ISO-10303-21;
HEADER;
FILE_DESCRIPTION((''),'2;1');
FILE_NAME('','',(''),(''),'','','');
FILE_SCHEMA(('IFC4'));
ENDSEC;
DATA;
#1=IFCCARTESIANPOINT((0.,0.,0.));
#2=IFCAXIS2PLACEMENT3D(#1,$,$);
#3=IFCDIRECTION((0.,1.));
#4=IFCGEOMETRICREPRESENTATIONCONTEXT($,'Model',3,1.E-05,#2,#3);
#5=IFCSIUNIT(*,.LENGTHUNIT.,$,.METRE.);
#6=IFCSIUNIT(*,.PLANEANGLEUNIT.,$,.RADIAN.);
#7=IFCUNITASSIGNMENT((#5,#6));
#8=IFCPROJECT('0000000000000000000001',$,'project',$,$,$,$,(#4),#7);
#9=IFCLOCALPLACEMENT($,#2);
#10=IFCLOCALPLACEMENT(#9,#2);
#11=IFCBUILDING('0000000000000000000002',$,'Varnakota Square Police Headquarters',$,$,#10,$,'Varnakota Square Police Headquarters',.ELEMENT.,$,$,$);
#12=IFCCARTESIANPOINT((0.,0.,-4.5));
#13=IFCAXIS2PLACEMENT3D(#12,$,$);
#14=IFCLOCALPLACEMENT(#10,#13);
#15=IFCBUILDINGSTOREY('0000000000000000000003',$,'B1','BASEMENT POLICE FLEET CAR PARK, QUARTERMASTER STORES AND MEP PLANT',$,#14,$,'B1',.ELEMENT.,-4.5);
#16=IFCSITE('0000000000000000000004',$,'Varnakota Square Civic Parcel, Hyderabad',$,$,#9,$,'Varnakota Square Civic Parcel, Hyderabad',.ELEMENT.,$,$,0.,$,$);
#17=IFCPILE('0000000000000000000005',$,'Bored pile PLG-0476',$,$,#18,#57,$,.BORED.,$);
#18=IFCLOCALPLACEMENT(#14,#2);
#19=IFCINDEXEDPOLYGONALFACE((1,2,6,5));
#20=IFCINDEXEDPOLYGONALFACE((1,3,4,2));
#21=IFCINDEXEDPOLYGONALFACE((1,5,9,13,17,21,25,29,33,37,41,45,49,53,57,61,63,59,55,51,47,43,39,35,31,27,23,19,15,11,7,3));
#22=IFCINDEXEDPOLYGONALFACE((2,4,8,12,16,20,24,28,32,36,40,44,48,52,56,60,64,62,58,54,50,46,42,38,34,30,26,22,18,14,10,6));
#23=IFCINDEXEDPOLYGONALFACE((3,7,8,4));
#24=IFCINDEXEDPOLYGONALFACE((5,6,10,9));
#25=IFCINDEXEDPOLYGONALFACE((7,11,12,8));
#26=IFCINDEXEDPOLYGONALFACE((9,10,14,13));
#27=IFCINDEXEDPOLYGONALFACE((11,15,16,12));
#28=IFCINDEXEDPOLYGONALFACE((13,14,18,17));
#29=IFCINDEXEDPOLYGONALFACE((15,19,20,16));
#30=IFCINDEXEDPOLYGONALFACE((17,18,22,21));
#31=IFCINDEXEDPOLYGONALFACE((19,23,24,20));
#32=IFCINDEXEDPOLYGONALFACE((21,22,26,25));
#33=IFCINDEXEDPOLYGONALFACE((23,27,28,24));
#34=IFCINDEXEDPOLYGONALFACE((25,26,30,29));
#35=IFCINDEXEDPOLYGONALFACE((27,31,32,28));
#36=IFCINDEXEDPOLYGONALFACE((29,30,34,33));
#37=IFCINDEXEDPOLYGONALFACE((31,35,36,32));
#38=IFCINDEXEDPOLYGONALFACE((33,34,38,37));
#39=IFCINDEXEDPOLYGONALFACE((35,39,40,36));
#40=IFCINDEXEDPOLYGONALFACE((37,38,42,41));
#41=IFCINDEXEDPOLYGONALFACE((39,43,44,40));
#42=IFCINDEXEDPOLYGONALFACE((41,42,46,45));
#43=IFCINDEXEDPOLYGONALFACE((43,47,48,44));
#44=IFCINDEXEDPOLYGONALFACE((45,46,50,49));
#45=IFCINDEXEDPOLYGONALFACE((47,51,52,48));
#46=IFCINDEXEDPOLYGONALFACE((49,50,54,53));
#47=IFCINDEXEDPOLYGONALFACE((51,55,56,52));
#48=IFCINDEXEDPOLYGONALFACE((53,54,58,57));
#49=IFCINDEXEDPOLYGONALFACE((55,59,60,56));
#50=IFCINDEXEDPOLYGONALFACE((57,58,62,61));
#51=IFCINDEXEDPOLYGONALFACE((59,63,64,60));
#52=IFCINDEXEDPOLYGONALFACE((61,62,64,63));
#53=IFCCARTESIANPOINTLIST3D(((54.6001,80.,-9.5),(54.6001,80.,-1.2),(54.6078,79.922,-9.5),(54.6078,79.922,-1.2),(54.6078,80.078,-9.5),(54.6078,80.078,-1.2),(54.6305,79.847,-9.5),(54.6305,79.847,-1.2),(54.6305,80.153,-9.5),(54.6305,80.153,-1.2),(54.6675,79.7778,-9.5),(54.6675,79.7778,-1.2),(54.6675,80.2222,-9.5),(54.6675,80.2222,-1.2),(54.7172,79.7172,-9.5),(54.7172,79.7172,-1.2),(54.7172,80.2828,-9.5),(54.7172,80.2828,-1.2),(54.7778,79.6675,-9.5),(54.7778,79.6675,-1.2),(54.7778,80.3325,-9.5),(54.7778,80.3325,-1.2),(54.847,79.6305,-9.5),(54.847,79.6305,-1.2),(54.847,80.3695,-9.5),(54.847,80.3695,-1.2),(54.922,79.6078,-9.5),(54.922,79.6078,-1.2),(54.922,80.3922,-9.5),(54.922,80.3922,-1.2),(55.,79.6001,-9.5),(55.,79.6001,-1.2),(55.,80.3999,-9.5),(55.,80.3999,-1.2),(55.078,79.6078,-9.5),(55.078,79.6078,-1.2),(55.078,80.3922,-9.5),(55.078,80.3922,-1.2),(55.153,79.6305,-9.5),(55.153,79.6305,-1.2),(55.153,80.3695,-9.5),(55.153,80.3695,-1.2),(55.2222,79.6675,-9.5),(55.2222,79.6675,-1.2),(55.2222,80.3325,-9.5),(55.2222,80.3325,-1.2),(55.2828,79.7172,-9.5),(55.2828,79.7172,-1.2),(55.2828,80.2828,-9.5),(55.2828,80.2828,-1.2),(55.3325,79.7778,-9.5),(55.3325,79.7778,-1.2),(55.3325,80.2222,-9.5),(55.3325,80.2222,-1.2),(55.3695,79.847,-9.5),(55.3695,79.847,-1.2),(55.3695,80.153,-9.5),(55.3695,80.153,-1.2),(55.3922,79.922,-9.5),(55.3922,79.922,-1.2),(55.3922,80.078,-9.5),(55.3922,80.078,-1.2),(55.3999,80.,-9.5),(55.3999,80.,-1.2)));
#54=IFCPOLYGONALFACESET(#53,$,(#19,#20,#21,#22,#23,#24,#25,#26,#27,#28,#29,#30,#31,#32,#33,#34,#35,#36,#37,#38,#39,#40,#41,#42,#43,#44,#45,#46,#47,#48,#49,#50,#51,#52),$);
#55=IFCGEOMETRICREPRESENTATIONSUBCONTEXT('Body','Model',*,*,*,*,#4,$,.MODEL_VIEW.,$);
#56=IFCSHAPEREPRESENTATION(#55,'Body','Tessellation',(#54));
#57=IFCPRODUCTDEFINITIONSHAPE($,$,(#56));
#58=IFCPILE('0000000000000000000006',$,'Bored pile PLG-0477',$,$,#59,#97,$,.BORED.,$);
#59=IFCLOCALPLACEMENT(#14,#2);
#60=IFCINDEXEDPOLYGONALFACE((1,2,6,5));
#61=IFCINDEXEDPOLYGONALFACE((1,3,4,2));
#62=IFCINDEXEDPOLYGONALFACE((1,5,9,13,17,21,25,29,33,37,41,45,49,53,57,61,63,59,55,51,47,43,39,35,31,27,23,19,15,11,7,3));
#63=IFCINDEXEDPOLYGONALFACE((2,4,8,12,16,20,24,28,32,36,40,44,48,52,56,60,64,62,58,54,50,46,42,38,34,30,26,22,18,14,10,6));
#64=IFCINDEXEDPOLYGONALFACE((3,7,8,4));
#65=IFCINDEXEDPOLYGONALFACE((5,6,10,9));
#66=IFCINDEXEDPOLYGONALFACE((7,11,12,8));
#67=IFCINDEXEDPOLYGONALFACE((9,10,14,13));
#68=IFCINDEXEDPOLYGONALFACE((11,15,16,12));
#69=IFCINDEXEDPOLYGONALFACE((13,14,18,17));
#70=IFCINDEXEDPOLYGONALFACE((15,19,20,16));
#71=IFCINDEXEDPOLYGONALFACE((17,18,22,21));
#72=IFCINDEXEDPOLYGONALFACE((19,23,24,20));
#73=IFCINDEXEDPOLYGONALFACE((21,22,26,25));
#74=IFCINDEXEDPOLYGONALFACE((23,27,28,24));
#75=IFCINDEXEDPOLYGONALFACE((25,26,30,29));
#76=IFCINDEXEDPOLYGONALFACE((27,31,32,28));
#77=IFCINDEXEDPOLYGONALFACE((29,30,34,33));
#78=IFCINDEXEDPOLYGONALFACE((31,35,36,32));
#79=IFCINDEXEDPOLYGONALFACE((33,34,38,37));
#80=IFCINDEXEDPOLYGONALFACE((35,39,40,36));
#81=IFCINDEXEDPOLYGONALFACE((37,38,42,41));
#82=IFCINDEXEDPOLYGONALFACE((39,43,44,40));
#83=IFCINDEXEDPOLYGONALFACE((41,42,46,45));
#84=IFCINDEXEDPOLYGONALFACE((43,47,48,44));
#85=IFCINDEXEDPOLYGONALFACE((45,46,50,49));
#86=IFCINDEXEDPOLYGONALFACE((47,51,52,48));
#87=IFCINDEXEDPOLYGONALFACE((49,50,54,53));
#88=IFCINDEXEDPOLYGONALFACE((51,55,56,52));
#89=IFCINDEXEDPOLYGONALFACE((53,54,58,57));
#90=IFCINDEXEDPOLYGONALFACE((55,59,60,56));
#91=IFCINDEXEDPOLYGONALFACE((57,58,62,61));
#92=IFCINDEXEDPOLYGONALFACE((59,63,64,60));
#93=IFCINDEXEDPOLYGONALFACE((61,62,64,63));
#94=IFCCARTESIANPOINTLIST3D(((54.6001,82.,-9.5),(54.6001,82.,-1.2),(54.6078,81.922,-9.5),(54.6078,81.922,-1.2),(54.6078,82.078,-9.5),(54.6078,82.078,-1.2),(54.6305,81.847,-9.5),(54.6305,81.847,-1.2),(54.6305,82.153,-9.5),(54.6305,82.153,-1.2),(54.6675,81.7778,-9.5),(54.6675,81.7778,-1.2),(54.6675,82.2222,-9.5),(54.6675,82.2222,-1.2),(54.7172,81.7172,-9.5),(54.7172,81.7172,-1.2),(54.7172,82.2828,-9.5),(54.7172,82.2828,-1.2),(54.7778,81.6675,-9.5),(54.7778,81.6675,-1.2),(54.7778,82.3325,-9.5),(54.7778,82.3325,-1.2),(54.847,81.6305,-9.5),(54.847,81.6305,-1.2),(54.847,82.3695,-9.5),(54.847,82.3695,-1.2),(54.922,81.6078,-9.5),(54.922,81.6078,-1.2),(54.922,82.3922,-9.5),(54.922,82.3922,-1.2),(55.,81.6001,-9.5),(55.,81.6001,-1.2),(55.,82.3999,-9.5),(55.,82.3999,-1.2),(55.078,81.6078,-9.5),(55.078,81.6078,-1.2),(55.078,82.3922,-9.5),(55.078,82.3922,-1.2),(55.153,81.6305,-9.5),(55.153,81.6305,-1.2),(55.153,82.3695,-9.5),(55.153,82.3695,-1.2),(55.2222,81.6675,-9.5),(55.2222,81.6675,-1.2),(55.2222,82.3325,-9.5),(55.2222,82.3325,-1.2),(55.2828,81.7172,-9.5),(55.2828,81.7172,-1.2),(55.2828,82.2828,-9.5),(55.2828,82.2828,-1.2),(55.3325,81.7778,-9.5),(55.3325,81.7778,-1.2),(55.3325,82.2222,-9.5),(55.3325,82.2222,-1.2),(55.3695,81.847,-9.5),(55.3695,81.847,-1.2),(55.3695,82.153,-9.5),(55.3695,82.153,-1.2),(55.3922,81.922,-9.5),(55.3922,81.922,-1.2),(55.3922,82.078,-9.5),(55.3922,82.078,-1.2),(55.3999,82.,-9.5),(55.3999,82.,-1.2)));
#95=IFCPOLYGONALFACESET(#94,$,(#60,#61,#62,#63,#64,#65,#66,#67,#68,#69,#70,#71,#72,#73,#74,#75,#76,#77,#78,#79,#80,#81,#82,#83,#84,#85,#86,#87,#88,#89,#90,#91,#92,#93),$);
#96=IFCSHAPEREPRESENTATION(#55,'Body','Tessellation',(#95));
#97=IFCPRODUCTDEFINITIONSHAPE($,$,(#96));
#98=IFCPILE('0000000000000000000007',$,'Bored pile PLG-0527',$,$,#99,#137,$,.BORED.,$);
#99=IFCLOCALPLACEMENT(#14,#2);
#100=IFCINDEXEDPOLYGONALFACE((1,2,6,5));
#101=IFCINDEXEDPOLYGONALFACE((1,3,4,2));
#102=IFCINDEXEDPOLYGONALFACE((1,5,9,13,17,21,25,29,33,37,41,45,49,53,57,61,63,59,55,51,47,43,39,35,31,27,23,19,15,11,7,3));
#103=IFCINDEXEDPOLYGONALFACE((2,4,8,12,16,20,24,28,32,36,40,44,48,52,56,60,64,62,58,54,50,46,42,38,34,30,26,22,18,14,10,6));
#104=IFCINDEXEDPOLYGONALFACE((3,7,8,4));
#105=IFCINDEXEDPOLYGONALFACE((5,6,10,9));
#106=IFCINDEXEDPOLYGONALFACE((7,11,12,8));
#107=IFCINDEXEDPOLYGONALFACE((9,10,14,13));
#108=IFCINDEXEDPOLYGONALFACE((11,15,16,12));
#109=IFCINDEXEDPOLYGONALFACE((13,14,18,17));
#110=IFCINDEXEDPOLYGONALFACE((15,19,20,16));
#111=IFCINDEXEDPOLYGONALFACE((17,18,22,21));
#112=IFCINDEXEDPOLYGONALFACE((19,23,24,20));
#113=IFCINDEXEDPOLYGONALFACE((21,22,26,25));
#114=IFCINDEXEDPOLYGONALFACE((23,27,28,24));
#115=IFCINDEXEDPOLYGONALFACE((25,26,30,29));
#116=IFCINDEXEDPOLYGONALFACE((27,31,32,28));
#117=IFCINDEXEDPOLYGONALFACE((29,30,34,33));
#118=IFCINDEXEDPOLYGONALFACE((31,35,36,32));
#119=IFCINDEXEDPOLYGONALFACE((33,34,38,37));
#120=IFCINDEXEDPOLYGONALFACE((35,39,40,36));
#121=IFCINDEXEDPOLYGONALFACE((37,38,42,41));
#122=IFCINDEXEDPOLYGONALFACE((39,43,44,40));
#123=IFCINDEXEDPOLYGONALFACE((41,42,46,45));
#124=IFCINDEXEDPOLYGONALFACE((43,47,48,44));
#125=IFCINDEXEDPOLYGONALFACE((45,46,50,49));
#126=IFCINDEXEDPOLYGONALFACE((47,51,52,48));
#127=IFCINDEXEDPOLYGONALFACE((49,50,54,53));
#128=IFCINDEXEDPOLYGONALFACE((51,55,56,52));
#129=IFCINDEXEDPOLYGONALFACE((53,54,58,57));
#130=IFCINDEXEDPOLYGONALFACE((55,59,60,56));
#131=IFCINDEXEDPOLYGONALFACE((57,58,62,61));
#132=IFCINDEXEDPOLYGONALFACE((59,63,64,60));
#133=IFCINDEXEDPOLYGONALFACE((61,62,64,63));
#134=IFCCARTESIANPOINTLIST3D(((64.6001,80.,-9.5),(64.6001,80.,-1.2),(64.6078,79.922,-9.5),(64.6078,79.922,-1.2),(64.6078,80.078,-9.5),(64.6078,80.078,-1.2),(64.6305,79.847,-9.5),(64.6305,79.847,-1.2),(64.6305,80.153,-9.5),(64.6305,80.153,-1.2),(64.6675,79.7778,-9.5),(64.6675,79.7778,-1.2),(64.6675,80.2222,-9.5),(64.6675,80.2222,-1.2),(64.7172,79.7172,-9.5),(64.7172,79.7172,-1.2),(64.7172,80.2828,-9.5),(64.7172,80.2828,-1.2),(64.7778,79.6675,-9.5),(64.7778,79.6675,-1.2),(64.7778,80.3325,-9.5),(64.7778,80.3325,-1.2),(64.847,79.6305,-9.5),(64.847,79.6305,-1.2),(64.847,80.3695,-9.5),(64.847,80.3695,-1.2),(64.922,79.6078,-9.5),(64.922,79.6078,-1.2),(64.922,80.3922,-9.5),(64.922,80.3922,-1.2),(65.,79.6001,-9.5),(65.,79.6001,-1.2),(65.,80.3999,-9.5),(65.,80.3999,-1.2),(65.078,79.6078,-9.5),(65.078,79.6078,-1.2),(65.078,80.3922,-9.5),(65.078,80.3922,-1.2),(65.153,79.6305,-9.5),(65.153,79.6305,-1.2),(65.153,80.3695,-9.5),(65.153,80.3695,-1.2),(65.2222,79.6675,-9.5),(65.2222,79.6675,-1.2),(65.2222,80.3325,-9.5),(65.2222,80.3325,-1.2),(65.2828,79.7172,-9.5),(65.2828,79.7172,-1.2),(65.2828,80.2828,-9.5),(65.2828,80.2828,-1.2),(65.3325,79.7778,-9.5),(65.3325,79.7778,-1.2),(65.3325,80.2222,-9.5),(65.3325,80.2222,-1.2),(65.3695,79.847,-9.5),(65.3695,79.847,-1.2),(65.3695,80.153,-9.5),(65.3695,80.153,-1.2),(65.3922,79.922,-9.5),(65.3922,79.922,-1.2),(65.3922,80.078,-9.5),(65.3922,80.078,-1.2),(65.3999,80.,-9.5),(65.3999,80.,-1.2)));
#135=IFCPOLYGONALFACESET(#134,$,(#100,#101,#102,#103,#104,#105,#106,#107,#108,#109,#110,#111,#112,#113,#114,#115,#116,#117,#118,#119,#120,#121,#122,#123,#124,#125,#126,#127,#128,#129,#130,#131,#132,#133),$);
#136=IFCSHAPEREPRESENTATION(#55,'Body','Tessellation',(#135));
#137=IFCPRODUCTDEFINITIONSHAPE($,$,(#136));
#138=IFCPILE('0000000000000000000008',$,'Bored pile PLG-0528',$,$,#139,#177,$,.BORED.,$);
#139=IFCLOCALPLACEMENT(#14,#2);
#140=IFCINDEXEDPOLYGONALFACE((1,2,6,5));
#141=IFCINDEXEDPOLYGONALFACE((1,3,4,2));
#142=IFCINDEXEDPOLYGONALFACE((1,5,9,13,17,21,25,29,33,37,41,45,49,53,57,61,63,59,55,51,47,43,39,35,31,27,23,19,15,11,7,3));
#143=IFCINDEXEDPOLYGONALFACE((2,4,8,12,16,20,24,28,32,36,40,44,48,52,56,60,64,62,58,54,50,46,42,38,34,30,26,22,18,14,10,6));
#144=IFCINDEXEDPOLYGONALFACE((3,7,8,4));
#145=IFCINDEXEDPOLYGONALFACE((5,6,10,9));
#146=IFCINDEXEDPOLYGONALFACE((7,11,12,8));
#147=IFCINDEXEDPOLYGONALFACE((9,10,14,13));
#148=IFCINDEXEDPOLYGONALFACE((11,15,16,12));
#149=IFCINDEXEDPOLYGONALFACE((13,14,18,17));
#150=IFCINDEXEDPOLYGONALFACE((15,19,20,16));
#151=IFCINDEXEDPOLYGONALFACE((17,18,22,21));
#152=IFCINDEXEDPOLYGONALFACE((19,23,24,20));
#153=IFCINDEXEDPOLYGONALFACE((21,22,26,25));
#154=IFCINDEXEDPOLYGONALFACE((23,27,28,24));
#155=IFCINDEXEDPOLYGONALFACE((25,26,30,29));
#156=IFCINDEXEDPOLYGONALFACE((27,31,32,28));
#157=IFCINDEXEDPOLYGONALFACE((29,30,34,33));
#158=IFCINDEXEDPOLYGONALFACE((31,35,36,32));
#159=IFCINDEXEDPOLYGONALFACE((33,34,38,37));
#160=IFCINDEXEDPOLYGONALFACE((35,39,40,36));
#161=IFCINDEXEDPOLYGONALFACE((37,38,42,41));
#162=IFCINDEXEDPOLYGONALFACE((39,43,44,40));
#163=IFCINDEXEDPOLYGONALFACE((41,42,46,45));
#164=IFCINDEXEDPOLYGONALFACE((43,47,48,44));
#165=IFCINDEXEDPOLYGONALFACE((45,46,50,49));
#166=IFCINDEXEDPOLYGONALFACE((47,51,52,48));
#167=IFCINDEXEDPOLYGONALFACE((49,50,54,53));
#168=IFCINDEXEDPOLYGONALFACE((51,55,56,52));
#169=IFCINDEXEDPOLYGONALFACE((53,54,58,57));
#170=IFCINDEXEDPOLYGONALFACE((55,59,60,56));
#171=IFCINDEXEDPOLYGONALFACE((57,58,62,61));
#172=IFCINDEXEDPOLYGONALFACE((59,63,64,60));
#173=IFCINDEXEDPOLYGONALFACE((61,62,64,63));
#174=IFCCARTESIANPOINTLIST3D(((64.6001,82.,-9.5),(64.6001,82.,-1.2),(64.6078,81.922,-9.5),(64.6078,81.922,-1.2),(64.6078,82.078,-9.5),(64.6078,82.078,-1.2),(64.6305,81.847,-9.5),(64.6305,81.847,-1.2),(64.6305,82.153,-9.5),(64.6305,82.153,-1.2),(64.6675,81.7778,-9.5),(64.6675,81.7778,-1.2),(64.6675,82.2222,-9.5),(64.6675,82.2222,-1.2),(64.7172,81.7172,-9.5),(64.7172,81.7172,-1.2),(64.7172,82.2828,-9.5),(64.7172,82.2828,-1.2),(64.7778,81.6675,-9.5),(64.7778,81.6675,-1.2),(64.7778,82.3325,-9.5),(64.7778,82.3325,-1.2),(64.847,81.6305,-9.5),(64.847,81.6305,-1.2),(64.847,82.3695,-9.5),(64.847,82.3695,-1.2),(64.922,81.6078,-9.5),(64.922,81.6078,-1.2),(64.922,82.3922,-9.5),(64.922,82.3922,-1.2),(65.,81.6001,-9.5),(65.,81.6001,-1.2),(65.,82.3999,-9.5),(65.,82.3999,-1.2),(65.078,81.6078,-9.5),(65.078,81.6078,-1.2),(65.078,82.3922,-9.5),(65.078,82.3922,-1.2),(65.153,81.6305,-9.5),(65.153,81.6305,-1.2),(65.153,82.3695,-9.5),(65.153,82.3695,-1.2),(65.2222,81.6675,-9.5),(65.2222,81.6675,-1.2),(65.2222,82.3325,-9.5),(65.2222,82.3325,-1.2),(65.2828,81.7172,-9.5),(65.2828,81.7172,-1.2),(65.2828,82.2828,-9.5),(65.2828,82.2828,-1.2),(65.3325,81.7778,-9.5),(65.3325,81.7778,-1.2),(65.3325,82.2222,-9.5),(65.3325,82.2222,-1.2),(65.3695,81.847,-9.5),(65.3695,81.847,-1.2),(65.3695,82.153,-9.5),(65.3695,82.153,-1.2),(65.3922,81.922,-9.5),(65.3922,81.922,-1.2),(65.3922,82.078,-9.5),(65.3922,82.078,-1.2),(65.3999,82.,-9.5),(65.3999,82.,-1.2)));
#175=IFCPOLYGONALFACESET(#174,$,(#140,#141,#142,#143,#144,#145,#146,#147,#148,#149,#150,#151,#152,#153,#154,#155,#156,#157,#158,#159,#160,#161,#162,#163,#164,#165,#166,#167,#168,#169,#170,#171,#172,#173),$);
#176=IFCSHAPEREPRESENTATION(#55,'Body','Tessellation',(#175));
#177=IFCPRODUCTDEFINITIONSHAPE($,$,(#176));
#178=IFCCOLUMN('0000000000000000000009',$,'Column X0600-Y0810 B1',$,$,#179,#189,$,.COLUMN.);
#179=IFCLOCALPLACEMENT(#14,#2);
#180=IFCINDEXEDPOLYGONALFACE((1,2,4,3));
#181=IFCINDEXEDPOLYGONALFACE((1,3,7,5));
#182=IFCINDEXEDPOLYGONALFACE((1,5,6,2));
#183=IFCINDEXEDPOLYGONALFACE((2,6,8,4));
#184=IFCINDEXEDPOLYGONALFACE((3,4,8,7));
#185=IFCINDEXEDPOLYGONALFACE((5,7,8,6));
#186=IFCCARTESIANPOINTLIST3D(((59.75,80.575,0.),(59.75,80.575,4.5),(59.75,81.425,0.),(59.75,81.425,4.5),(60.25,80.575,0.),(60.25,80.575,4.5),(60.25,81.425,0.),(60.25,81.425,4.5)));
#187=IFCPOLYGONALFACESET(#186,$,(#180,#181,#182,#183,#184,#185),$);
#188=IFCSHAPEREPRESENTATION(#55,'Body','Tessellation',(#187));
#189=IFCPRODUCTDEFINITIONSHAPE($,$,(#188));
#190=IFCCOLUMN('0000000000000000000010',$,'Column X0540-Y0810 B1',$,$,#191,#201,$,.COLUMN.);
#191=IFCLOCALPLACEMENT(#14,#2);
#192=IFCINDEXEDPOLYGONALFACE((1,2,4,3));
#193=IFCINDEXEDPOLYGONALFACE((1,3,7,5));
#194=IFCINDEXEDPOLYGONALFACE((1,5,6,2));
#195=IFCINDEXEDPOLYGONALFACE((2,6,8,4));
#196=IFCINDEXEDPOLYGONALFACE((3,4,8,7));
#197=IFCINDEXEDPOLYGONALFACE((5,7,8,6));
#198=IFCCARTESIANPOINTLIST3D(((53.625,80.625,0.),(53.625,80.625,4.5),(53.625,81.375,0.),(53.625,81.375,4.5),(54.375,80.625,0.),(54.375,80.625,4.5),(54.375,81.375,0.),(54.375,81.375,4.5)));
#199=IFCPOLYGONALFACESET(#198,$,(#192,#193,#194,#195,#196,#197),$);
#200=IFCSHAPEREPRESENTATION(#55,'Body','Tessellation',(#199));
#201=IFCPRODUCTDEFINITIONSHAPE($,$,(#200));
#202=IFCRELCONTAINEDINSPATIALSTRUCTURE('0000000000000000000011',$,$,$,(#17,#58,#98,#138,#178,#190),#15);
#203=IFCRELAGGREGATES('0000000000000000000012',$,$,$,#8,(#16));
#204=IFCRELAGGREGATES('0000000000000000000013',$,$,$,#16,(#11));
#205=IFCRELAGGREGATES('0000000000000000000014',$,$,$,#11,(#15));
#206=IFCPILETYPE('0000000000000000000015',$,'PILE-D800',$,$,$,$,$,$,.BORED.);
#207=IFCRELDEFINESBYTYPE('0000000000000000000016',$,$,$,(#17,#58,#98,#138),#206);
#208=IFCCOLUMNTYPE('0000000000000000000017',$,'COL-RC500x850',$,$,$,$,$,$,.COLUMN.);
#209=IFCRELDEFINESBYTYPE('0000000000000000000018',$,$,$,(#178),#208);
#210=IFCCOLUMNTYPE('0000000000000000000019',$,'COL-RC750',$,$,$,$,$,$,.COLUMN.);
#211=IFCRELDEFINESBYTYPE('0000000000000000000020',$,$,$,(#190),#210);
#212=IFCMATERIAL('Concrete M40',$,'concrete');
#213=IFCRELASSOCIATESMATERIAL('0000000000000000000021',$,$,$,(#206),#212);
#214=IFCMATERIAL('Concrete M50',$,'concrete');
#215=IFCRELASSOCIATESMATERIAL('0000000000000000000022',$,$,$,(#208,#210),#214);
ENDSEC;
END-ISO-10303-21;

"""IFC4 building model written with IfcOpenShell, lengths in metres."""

from ifc_helpers import new_model, si_unit, direction, frame, origin, origin_2d, place, context, subcontext, project, spatial, rectangle, circle, extrude, material, material_profile, profile_set, type_object, element, save


model = new_model("IFC4")

# Units and contexts
model_context = context("Model", 3, precision=1e-05, world=origin(), true_north=direction((0.0, 1.0)))
body_context = subcontext(model_context, "Body", "Model", "MODEL_VIEW")
ifc_project = project(units=[si_unit("LENGTHUNIT", "METRE"), si_unit("PLANEANGLEUNIT", "RADIAN")], contexts=[model_context])

# Site, building, storey
site_placement = place(None, origin())
site = spatial("IfcSite", under=ifc_project, at=site_placement, Name="Varnakota Square Civic Parcel, Hyderabad", LongName="Varnakota Square Civic Parcel, Hyderabad", CompositionType="ELEMENT", RefElevation=0.0)
building_placement = place(site_placement, origin())
building = spatial("IfcBuilding", under=site, at=building_placement, Name="Varnakota Square Police Headquarters", LongName="Varnakota Square Police Headquarters", CompositionType="ELEMENT")
storey_placement = place(building_placement, frame((0.0, 0.0, -4.5)))
storey = spatial("IfcBuildingStorey", under=building, at=storey_placement, Name="B1", Description="BASEMENT POLICE FLEET CAR PARK, QUARTERMASTER STORES AND MEP PLANT", LongName="B1", CompositionType="ELEMENT", Elevation=-4.5)

# Shared definitions
ifc_material_1 = material(Name="Concrete M40", Category="concrete")
ifc_material_2 = material(Name="Concrete M50", Category="concrete")

# Piles
ifc_material_profile_1 = material_profile(ifc_material_1, circle(Radius=0.3999, at=origin_2d()), Name="BORED PILE 800")
ifc_profile_set_1 = profile_set([ifc_material_profile_1], Name="Concrete M40")
pile_type_1 = type_object("IfcPileType", Name="PILE-D800", PredefinedType="BORED", material=ifc_profile_set_1)
for number, where, z_axis, x_axis, name in (
    (1, (55.0, 80.0, -1.2), (0.0, 0.0, -1.0), (1.0, 0.0, 0.0), "Bored pile PLG-0476"),
    (2, (55.0, 82.0, -1.2), (0.0, 0.0, -1.0), (1.0, 0.0, 0.0), "Bored pile PLG-0477"),
    (3, (65.0, 80.0, -1.2), (0.0, 0.0, -1.0), (1.0, 0.0, 0.0), "Bored pile PLG-0527"),
    (4, (65.0, 82.0, -1.2), (0.0, 0.0, -1.0), (1.0, 0.0, 0.0), "Bored pile PLG-0528"),
):
    element("IfcPile", number, at=place(storey_placement, frame(where, z_axis=z_axis, x_axis=x_axis)), inside=storey, type_object=pile_type_1, Name=name, PredefinedType="BORED", context=body_context, shape_type="SweptSolid", body=[
        extrude(circle(Radius=0.3999, at=origin_2d()), origin(), (0.0, 0.0, 1.0), 8.3),
    ])

# Columns
ifc_material_profile_2 = material_profile(ifc_material_2, rectangle(XDim=0.5, YDim=0.8501, at=origin_2d()), Name="RC 500x850")
ifc_profile_set_2 = profile_set([ifc_material_profile_2], Name="Concrete M50")
column_type_1 = type_object("IfcColumnType", Name="COL-RC500x850", PredefinedType="COLUMN", material=ifc_profile_set_2)
column_1_placement = place(storey_placement, frame((60.0, 81.0, 0.0), z_axis=(0.0, 0.0, 1.0), x_axis=(1.0, 0.0, 0.0)))
element("IfcColumn", 5, at=column_1_placement, inside=storey, type_object=column_type_1, Name="Column X0600-Y0810 B1", PredefinedType="COLUMN", context=body_context, shape_type="SweptSolid", body=[
    extrude(rectangle(XDim=0.5, YDim=0.8501, at=origin_2d()), origin(), (0.0, 0.0, 1.0), 4.5),
])
ifc_material_profile_3 = material_profile(ifc_material_2, rectangle(XDim=0.75, YDim=0.75, at=origin_2d()), Name="RC 750x750")
ifc_profile_set_3 = profile_set([ifc_material_profile_3], Name="Concrete M50")
column_type_2 = type_object("IfcColumnType", Name="COL-RC750", PredefinedType="COLUMN", material=ifc_profile_set_3)
column_2_placement = place(storey_placement, frame((54.0, 81.0, 0.0), z_axis=(0.0, 0.0, 1.0), x_axis=(1.0, 0.0, 0.0)))
element("IfcColumn", 6, at=column_2_placement, inside=storey, type_object=column_type_2, Name="Column X0540-Y0810 B1", PredefinedType="COLUMN", context=body_context, shape_type="SweptSolid", body=[
    extrude(rectangle(XDim=0.75, YDim=0.75, at=origin_2d()), origin(), (0.0, 0.0, 1.0), 4.5),
])

save(model, "model.ifc")
